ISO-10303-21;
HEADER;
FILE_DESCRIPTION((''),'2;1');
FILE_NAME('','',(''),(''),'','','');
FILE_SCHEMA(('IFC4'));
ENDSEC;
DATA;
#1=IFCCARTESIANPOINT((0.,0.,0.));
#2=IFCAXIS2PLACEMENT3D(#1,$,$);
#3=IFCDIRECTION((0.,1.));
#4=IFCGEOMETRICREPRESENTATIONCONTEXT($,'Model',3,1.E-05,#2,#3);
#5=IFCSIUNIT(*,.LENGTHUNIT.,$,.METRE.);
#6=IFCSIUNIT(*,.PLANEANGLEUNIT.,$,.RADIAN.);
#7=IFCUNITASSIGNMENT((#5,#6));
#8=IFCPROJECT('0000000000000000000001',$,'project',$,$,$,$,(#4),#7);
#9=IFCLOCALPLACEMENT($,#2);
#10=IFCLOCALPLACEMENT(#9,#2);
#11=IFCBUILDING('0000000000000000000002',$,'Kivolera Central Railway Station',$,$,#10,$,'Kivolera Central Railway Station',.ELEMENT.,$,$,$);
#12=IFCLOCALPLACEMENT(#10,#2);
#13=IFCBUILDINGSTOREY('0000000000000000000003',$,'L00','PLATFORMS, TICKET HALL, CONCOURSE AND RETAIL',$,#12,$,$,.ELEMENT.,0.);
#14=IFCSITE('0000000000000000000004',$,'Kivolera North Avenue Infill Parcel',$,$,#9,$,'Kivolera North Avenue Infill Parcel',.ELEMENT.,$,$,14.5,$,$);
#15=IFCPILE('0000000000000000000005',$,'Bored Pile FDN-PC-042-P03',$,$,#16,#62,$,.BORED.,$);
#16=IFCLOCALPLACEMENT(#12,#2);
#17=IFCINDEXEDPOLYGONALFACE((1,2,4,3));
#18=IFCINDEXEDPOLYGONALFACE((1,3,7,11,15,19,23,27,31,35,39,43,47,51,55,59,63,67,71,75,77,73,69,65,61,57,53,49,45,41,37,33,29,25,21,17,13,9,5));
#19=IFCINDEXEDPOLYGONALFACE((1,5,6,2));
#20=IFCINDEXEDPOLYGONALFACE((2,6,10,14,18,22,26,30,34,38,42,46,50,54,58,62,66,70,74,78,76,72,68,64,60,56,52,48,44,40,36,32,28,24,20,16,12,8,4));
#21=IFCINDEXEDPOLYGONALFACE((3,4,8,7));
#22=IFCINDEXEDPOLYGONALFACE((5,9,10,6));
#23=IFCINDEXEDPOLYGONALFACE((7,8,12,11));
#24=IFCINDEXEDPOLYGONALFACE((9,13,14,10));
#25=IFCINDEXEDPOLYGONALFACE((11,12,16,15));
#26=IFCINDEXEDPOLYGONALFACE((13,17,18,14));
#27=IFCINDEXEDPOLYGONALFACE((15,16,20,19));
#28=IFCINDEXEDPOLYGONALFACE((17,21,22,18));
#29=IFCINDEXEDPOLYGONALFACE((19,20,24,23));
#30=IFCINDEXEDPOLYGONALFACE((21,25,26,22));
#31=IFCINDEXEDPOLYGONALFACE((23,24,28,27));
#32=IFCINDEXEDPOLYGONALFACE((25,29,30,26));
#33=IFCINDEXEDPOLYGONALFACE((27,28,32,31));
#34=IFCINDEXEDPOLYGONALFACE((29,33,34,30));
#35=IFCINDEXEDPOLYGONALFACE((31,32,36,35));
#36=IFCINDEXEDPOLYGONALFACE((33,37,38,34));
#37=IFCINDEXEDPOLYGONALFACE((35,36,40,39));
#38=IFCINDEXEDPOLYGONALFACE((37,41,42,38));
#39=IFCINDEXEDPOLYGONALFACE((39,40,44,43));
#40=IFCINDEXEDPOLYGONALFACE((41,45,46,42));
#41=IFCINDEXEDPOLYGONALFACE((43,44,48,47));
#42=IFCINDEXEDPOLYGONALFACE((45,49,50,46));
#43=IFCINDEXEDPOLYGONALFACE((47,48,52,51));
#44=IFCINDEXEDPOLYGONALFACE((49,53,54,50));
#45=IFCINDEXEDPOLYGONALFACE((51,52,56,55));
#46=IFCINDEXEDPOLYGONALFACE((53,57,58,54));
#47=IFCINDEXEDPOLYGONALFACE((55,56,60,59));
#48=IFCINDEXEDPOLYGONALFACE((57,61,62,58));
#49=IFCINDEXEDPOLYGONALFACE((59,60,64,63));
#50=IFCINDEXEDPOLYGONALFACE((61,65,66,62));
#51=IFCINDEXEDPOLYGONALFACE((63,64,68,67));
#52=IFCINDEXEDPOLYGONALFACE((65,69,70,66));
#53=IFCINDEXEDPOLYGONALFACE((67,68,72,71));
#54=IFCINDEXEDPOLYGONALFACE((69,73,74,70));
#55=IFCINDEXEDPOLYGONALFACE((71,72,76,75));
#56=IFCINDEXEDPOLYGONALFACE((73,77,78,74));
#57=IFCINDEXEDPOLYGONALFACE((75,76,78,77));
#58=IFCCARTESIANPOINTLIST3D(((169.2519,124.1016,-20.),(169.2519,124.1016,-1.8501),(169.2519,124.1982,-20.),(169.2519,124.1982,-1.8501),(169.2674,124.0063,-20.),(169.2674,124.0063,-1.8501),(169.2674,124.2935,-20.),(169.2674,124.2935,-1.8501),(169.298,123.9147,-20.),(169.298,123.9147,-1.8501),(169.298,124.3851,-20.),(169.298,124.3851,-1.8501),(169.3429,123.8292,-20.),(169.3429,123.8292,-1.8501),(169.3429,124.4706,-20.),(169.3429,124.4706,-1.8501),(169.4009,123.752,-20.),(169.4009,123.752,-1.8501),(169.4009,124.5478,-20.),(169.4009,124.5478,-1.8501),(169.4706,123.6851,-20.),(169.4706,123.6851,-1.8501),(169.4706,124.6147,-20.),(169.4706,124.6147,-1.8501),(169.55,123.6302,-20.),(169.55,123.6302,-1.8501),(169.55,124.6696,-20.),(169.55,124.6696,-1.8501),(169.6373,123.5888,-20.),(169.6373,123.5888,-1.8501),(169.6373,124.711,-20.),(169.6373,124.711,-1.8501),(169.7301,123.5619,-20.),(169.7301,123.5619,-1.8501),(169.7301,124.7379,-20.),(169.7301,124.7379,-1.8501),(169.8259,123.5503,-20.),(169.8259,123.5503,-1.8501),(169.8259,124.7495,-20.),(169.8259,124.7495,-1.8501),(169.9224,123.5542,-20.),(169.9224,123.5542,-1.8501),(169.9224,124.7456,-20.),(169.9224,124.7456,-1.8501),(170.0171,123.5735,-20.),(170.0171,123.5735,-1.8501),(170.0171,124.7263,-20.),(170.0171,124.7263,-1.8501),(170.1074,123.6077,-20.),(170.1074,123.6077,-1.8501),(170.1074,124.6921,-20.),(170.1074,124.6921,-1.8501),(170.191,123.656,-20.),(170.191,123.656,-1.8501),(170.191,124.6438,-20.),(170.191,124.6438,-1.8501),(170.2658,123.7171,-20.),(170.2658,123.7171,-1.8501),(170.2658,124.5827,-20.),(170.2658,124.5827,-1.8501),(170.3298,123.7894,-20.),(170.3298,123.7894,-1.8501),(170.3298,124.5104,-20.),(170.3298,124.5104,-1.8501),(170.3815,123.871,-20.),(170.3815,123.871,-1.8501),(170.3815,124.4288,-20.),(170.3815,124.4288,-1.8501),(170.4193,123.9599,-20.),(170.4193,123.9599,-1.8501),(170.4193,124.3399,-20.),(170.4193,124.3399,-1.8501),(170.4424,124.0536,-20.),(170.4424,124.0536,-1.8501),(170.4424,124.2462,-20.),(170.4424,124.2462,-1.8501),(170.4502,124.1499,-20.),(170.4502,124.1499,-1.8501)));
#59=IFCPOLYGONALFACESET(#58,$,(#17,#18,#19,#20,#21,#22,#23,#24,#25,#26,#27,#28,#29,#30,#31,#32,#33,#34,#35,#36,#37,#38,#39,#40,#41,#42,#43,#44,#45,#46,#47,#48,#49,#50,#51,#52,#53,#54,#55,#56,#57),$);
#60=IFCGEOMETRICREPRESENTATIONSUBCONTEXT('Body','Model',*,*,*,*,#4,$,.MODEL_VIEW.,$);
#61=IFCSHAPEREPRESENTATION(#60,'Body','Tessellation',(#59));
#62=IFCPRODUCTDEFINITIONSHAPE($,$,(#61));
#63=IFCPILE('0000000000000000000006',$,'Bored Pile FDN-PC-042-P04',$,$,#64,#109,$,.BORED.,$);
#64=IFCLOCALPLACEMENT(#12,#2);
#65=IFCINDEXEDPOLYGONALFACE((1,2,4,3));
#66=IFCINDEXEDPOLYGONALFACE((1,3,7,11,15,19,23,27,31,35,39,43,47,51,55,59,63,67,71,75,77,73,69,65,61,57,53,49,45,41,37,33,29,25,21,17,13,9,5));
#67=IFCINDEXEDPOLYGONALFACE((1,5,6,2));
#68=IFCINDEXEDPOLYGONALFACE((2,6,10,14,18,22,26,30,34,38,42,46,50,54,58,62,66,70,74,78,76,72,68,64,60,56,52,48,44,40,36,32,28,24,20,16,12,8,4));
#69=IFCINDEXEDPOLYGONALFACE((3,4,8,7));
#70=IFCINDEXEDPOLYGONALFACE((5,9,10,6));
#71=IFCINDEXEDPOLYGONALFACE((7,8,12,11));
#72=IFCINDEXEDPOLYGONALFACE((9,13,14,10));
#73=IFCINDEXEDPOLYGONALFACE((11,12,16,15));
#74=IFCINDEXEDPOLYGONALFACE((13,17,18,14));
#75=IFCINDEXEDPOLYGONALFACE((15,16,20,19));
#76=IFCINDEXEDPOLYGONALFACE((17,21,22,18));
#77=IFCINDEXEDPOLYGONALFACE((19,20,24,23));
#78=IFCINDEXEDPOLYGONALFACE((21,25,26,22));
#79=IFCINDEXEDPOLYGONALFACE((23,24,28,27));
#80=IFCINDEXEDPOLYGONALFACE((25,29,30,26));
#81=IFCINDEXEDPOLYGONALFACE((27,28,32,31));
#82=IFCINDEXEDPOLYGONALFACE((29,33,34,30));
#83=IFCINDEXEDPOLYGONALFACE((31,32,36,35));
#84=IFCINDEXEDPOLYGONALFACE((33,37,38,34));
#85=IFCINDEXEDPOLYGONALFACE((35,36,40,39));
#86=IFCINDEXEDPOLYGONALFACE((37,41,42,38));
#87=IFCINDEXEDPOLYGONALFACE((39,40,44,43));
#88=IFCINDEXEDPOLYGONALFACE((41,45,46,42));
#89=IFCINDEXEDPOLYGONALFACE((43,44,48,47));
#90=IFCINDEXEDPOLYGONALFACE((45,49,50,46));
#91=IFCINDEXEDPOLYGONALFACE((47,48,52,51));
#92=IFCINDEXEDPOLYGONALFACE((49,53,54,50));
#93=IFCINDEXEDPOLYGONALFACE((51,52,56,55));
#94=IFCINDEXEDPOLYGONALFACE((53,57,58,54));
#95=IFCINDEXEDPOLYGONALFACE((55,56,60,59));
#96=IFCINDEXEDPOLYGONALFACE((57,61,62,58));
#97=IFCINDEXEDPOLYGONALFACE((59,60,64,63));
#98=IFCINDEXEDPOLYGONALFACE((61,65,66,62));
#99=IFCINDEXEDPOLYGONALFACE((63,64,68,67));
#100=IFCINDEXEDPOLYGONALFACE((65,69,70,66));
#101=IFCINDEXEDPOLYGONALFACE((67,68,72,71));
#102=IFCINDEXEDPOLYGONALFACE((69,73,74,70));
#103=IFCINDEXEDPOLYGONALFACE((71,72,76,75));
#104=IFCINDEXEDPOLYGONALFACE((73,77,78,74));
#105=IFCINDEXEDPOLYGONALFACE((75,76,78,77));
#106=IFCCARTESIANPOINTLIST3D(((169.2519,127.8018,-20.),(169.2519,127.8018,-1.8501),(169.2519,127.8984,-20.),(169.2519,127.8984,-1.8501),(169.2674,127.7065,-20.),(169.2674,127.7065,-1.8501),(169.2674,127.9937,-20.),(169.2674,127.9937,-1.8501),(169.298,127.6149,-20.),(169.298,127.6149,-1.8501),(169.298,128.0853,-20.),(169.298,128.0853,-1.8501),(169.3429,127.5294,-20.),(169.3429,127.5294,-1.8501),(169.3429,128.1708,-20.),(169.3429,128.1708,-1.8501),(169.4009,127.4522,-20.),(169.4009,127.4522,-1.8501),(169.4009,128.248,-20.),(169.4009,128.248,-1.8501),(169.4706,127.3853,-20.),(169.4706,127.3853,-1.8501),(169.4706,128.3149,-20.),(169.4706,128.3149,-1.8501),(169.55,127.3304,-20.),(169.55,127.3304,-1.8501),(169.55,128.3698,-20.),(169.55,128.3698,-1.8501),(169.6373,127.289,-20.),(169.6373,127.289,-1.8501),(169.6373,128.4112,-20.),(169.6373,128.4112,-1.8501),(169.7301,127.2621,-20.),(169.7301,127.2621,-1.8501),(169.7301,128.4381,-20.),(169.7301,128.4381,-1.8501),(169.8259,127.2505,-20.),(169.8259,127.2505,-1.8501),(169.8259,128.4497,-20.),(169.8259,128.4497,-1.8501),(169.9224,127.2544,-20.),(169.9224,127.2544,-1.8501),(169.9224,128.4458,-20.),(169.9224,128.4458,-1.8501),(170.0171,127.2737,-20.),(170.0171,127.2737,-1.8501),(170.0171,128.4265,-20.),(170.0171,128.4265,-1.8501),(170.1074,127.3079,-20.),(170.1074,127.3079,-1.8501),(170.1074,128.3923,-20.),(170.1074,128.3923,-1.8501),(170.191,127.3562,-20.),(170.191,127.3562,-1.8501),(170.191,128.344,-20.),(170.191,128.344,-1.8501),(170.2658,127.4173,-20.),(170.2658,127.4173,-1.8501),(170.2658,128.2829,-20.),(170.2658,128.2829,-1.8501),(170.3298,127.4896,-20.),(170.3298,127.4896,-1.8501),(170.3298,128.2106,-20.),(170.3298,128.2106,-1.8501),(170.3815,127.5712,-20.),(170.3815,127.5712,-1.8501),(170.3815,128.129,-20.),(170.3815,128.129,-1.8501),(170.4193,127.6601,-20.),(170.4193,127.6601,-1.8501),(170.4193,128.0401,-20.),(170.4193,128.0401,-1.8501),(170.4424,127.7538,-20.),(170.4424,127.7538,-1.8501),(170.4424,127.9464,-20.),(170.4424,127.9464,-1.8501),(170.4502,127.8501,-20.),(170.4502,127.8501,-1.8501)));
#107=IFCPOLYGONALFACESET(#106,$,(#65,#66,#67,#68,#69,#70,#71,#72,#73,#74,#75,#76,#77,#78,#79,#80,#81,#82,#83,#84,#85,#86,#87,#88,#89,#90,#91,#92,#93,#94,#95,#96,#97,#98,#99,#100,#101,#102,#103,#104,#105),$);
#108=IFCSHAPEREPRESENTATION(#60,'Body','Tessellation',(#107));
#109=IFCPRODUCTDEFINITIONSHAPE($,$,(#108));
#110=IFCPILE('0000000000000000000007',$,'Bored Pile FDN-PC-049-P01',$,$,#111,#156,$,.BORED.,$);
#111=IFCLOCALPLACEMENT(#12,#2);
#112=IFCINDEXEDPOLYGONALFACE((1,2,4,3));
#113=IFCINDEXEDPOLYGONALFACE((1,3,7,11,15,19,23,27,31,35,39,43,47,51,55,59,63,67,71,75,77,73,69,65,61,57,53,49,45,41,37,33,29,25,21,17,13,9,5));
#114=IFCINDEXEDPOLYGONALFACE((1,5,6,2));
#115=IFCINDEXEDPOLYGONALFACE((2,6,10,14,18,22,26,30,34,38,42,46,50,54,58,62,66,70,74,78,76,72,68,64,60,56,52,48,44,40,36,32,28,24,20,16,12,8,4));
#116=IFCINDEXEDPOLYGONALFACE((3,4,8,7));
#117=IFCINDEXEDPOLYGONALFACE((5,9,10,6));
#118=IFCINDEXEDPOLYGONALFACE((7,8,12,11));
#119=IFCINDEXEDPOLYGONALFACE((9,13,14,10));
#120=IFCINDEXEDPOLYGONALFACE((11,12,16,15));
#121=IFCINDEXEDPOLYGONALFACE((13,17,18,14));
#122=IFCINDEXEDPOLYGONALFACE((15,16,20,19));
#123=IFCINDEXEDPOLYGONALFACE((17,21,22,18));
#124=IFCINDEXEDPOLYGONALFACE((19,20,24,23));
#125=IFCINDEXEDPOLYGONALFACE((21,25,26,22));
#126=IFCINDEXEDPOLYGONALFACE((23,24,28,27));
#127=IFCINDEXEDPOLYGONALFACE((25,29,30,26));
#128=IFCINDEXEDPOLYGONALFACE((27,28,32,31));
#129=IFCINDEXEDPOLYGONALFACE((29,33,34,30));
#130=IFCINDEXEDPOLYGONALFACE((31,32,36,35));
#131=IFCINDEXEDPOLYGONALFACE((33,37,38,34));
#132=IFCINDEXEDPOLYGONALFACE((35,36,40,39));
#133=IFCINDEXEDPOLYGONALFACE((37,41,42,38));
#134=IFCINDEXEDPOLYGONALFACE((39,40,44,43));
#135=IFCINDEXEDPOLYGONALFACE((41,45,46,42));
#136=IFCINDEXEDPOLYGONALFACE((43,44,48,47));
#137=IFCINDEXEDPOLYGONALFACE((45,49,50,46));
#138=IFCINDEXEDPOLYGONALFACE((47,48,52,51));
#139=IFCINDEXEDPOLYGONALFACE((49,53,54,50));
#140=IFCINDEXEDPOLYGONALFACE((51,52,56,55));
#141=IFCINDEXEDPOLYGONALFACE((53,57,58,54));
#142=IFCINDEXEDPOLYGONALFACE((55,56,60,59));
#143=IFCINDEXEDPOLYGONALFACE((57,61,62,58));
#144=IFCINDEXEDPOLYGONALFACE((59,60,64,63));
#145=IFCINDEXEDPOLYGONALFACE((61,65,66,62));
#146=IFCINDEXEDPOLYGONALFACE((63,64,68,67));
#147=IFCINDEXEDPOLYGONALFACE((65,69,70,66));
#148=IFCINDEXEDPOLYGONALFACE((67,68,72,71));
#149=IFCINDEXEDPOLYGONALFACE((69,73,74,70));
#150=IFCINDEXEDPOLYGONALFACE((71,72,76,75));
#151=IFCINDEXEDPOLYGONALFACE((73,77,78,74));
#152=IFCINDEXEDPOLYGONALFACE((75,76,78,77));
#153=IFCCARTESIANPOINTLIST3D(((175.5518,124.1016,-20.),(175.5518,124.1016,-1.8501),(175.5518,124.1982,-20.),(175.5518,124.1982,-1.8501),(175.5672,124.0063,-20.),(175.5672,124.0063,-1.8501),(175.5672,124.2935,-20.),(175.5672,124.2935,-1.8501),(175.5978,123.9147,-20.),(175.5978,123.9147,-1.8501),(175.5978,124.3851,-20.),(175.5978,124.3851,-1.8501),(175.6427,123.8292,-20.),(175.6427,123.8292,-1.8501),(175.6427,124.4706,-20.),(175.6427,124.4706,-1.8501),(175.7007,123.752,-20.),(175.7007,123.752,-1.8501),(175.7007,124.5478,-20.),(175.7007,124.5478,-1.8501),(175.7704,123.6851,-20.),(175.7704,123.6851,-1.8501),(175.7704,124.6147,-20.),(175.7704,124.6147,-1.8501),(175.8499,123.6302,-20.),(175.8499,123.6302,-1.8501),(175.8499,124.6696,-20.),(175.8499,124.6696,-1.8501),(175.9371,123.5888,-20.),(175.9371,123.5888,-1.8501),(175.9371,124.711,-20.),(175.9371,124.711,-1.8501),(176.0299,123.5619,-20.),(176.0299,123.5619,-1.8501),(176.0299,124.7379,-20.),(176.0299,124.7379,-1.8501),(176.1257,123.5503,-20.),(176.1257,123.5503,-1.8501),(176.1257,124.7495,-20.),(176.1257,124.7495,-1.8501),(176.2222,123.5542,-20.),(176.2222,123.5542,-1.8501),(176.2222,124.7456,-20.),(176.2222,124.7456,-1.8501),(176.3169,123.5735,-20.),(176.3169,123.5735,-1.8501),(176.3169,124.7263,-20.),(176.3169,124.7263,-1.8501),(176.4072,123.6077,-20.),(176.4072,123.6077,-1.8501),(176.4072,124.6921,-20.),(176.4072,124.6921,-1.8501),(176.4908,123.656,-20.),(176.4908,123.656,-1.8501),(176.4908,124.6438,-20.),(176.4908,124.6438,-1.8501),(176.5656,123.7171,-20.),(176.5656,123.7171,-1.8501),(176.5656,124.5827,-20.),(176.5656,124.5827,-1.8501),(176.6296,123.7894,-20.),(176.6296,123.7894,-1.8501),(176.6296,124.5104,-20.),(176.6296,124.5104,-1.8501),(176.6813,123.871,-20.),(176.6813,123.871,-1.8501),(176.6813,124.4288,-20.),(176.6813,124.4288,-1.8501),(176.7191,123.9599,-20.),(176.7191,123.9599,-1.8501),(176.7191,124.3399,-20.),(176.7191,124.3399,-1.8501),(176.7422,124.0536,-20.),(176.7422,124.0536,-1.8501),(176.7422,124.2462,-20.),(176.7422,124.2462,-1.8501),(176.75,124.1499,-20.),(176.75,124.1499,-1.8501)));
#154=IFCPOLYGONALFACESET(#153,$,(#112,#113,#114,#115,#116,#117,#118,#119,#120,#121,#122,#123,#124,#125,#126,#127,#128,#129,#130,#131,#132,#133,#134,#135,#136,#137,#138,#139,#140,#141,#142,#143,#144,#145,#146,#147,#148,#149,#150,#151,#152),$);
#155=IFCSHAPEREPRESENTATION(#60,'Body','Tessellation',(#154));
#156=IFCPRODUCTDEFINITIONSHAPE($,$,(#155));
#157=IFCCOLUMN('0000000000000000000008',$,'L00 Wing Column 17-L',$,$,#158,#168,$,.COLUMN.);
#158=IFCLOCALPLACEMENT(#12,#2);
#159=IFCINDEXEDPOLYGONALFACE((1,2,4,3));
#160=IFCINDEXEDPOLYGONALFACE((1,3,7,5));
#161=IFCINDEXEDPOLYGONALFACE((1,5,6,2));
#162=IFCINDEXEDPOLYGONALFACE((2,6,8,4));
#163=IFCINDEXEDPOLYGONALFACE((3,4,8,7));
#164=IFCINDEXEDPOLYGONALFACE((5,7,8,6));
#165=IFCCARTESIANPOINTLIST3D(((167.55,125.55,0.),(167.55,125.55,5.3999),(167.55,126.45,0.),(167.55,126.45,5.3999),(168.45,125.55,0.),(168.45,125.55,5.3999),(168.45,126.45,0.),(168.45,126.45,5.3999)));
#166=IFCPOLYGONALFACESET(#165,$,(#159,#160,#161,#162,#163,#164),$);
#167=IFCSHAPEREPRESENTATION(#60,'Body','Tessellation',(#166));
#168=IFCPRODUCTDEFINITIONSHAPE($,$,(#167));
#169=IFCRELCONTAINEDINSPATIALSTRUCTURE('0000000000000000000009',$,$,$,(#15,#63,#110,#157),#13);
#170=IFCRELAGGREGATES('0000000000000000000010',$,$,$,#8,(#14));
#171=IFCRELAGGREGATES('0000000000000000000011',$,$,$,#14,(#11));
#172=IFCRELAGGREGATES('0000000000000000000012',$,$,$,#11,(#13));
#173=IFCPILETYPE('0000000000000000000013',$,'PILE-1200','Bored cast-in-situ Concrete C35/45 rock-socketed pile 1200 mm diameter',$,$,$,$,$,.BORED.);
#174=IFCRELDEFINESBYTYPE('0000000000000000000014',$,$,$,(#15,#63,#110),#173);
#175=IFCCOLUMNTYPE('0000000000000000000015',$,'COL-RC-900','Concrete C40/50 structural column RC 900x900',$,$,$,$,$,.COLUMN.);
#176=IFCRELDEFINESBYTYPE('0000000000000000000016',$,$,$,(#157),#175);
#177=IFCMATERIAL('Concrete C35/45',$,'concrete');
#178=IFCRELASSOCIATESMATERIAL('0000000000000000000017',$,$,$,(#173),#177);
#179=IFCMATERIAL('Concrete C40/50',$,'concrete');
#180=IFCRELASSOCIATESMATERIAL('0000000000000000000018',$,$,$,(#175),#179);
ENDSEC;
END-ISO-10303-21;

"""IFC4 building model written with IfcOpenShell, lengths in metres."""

from ifc_helpers import new_model, si_unit, direction, frame, origin, origin_2d, place, context, subcontext, project, spatial, rectangle, circle, extrude, material, material_profile, profile_set, type_object, element, save


model = new_model("IFC4")

# Units and contexts
model_context = context("Model", 3, precision=1e-05, world=origin(), true_north=direction((0.0, 1.0)))
body_context = subcontext(model_context, "Body", "Model", "MODEL_VIEW")
ifc_project = project(units=[si_unit("LENGTHUNIT", "METRE"), si_unit("PLANEANGLEUNIT", "RADIAN")], contexts=[model_context])

# Site, building, storey
site_placement = place(None, origin())
site = spatial("IfcSite", under=ifc_project, at=site_placement, Name="Kivolera North Avenue Infill Parcel", LongName="Kivolera North Avenue Infill Parcel", CompositionType="ELEMENT", RefElevation=14.5)
building_placement = place(site_placement, origin())
building = spatial("IfcBuilding", under=site, at=building_placement, Name="Kivolera Central Railway Station", LongName="Kivolera Central Railway Station", CompositionType="ELEMENT")
storey_placement = place(building_placement, origin())
storey = spatial("IfcBuildingStorey", under=building, at=storey_placement, Name="L00", Description="PLATFORMS, TICKET HALL, CONCOURSE AND RETAIL", CompositionType="ELEMENT", Elevation=0.0)

# Shared definitions
ifc_material_1 = material(Name="Concrete C35/45", Category="concrete")

# Piles
ifc_material_profile_1 = material_profile(ifc_material_1, circle(Radius=0.6001, at=origin_2d()), Name="PILE D1200")
ifc_profile_set_1 = profile_set([ifc_material_profile_1], Name="Concrete C35/45")
pile_type = type_object("IfcPileType", Name="PILE-1200", Description="Bored cast-in-situ Concrete C35/45 rock-socketed pile 1200 mm diameter", PredefinedType="BORED", material=ifc_profile_set_1)
for number, where, z_axis, x_axis, name in (
    (1, (169.8501, 124.1499, -1.8501), (0.0, 0.0, -1.0), (1.0, 0.0, 0.0), "Bored Pile FDN-PC-042-P03"),
    (2, (169.8501, 127.8501, -1.8501), (0.0, 0.0, -1.0), (1.0, 0.0, 0.0), "Bored Pile FDN-PC-042-P04"),
    (3, (176.1499, 124.1499, -1.8501), (0.0, 0.0, -1.0), (1.0, 0.0, 0.0), "Bored Pile FDN-PC-049-P01"),
):
    element("IfcPile", number, at=place(storey_placement, frame(where, z_axis=z_axis, x_axis=x_axis)), inside=storey, type_object=pile_type, Name=name, PredefinedType="BORED", context=body_context, shape_type="SweptSolid", body=[
        extrude(circle(Radius=0.6001, at=origin_2d()), origin(), (0.0, 0.0, 1.0), 18.1499),
    ])

# Column
ifc_material_2 = material(Name="Concrete C40/50", Category="concrete")
ifc_material_profile_2 = material_profile(ifc_material_2, rectangle(XDim=0.8999, YDim=0.8999, at=origin_2d()), Name="RC 900x900")
ifc_profile_set_2 = profile_set([ifc_material_profile_2], Name="Concrete C40/50")
column_type = type_object("IfcColumnType", Name="COL-RC-900", Description="Concrete C40/50 structural column RC 900x900", PredefinedType="COLUMN", material=ifc_profile_set_2)
column_placement = place(storey_placement, frame((168.0, 126.0, 0.0), z_axis=(0.0, 0.0, 1.0), x_axis=(1.0, 0.0, 0.0)))
element("IfcColumn", 4, at=column_placement, inside=storey, type_object=column_type, Name="L00 Wing Column 17-L", PredefinedType="COLUMN", context=body_context, shape_type="SweptSolid", body=[
    extrude(rectangle(XDim=0.8999, YDim=0.8999, at=origin_2d()), origin(), (0.0, 0.0, 1.0), 5.3999),
])

save(model, "model.ifc")
